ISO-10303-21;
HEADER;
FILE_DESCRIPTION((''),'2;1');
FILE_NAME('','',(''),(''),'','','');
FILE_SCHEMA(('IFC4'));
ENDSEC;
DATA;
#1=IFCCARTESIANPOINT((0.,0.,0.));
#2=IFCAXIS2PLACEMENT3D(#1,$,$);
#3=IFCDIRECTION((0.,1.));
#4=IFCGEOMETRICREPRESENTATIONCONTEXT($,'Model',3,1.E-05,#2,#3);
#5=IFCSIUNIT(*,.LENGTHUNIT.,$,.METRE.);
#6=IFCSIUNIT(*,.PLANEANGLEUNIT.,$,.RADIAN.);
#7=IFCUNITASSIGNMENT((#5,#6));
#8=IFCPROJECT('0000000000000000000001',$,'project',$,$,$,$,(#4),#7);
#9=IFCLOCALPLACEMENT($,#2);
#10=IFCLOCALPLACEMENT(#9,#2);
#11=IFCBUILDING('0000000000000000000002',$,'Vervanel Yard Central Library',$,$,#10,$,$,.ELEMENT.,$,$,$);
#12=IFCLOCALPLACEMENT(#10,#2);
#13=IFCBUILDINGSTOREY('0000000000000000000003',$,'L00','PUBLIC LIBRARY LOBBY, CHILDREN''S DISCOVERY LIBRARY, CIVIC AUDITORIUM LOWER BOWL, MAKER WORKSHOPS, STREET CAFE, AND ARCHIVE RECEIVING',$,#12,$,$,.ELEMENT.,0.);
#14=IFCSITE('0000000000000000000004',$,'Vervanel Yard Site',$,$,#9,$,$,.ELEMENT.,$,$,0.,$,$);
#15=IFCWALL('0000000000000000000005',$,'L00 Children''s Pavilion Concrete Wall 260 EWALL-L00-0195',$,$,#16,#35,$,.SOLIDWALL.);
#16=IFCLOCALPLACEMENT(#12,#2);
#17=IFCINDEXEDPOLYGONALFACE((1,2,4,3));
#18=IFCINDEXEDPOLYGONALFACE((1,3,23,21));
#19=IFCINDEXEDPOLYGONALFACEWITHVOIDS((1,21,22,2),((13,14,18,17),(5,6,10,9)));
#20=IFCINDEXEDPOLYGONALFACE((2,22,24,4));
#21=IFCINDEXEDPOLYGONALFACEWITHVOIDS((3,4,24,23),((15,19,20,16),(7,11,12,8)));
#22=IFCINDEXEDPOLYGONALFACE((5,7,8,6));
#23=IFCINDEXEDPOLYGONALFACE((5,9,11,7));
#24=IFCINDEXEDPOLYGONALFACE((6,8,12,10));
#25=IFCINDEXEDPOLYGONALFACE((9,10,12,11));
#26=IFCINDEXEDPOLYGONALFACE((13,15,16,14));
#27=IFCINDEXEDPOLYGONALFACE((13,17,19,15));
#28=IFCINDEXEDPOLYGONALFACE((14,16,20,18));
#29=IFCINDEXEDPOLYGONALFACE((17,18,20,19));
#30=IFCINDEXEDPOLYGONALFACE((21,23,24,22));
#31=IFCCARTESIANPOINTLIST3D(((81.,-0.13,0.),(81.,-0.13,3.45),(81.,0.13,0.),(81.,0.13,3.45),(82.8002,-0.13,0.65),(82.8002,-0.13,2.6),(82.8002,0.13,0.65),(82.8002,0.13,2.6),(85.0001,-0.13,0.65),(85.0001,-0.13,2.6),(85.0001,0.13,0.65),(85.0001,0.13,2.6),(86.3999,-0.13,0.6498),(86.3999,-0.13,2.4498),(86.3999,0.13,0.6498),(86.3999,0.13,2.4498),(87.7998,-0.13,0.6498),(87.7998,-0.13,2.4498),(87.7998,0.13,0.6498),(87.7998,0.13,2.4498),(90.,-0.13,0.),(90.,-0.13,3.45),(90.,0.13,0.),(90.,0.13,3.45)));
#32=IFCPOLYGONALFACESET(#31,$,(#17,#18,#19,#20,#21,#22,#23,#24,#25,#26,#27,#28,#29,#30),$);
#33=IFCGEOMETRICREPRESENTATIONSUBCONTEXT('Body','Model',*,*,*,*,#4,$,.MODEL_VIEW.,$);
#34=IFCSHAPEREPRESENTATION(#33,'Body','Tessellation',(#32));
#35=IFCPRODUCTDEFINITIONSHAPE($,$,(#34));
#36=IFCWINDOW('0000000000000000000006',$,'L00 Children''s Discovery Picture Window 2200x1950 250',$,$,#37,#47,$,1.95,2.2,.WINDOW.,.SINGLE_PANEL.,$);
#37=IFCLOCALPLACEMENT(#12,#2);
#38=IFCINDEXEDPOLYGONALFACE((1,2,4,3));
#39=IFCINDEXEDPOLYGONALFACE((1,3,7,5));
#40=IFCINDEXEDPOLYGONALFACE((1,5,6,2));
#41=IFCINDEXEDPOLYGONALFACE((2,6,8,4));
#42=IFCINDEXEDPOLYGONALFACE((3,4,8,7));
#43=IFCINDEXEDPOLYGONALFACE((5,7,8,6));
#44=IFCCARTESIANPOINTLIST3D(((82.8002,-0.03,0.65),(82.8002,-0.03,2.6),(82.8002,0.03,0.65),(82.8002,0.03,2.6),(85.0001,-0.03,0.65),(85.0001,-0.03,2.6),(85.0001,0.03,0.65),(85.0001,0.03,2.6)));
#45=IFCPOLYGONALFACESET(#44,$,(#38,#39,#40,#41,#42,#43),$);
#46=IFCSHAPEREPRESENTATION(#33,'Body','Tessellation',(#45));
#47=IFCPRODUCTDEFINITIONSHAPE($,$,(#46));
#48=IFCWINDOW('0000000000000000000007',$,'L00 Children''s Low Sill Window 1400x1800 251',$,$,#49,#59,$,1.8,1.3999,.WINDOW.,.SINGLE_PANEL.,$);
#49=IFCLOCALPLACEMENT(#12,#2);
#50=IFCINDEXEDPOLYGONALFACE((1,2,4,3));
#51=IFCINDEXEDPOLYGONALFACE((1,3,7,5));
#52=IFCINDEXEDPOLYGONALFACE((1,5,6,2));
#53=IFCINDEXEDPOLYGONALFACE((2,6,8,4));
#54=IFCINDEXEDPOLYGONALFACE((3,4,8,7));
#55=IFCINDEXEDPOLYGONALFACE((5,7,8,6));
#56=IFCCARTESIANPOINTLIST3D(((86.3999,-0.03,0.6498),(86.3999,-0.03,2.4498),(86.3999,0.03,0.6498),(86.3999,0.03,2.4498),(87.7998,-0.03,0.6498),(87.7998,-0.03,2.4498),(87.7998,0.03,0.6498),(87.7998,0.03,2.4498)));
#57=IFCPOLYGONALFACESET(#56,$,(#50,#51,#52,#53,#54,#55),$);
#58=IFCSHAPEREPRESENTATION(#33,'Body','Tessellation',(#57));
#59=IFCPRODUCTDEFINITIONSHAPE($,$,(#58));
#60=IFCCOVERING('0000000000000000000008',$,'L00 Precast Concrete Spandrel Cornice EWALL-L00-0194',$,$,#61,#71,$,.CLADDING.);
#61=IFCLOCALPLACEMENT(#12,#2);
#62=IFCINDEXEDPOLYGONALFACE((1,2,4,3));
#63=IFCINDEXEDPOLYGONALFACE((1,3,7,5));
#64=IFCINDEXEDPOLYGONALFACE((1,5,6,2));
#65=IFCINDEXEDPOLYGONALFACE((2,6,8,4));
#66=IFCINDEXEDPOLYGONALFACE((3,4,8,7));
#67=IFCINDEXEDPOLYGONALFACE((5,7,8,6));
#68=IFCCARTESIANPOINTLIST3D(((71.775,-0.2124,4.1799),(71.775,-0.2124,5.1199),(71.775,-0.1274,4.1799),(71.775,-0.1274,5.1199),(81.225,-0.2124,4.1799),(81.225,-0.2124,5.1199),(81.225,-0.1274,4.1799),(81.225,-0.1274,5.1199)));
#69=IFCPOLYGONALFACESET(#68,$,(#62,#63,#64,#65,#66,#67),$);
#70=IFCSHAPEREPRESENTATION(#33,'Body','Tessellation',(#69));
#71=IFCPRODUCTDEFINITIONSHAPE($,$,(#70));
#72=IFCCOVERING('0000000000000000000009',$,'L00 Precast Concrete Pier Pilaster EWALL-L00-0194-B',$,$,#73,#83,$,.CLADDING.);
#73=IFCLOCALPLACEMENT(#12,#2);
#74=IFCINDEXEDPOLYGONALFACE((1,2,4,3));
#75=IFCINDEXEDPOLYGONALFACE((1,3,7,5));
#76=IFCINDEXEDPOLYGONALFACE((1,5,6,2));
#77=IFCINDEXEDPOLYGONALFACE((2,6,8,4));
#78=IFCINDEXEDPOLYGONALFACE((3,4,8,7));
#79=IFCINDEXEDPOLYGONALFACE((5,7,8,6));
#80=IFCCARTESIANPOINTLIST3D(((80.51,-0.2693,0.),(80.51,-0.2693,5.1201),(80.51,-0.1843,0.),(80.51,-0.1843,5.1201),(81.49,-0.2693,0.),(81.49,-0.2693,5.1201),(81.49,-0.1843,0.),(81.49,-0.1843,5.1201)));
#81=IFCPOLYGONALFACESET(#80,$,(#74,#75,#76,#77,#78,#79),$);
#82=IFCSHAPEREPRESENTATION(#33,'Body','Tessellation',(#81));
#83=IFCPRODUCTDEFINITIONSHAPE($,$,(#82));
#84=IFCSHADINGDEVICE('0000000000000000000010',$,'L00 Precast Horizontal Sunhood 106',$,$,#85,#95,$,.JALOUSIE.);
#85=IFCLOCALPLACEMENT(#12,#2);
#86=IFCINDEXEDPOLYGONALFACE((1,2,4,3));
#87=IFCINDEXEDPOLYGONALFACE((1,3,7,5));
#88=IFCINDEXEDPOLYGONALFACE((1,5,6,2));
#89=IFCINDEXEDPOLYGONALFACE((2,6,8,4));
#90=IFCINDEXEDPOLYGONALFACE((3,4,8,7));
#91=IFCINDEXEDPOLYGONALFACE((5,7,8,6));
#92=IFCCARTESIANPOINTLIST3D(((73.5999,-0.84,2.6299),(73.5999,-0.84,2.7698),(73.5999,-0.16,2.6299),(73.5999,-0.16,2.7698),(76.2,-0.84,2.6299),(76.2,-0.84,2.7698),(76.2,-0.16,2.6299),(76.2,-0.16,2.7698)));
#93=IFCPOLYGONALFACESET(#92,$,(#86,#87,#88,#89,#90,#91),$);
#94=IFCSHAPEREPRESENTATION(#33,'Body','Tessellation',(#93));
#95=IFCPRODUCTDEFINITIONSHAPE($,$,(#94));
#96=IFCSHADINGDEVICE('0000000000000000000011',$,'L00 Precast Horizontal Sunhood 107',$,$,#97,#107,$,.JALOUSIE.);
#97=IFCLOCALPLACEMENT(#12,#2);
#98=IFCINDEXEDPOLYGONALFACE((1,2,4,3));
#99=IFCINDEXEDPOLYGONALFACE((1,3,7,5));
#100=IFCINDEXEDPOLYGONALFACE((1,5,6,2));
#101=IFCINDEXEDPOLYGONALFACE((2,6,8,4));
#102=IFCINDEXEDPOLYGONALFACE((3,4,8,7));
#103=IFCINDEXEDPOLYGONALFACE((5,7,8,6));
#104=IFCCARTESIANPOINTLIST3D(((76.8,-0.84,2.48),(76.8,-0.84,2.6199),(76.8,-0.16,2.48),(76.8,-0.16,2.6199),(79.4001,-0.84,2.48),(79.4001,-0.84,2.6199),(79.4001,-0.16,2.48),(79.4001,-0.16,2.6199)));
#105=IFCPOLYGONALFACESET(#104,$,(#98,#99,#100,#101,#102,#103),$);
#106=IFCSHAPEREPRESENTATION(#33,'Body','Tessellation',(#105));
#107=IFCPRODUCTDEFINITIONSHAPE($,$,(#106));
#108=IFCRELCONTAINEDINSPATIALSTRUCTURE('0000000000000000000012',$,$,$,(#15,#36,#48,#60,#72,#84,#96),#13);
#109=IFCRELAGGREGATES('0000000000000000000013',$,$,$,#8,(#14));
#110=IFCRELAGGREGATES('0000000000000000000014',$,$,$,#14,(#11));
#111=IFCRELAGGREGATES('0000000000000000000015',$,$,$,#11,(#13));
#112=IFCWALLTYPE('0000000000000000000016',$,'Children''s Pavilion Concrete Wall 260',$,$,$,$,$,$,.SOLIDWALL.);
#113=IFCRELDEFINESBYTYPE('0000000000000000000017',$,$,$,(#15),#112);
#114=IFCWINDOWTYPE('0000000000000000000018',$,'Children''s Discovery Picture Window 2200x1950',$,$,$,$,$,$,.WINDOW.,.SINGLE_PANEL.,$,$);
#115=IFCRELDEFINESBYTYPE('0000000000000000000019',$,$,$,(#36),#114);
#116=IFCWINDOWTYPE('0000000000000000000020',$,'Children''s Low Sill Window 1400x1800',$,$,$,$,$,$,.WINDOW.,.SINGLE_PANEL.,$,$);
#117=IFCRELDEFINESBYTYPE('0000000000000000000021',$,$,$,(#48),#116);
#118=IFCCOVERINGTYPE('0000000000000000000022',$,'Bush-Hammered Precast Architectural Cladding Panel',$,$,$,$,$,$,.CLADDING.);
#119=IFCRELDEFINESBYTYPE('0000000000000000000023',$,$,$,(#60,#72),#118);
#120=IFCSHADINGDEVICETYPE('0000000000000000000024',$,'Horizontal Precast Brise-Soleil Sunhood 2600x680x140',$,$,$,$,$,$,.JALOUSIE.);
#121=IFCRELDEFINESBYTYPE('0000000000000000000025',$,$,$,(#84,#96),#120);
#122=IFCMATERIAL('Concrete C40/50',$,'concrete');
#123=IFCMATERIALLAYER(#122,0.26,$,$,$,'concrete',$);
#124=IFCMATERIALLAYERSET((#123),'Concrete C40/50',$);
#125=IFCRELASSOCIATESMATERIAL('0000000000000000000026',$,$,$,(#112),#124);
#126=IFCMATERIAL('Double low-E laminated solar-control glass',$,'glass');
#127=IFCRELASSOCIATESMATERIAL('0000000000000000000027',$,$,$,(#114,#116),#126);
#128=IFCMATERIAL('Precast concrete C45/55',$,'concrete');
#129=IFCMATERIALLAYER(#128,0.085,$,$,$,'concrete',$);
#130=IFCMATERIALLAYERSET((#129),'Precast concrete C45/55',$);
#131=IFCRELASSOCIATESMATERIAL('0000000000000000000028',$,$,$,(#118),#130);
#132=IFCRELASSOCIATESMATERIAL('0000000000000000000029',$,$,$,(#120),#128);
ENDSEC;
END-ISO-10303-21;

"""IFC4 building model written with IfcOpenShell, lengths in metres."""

from ifc_helpers import new_model, si_unit, direction, frame, frame_2d, origin, origin_2d, place, context, subcontext, project, spatial, rectangle, extrude, material, layer, layer_set, type_object, element, fill, save


model = new_model("IFC4")

# Units and contexts
model_context = context("Model", 3, precision=1e-05, world=origin(), true_north=direction((0.0, 1.0)))
body_context = subcontext(model_context, "Body", "Model", "MODEL_VIEW")
ifc_project = project(units=[si_unit("LENGTHUNIT", "METRE"), si_unit("PLANEANGLEUNIT", "RADIAN")], contexts=[model_context])

# Site, building, storey
site_placement = place(None, origin())
site = spatial("IfcSite", under=ifc_project, at=site_placement, Name="Vervanel Yard Site", CompositionType="ELEMENT", RefElevation=0.0)
building_placement = place(site_placement, origin())
building = spatial("IfcBuilding", under=site, at=building_placement, Name="Vervanel Yard Central Library", CompositionType="ELEMENT")
storey_placement = place(building_placement, origin())
storey = spatial("IfcBuildingStorey", under=building, at=storey_placement, Name="L00", Description="PUBLIC LIBRARY LOBBY, CHILDREN'S DISCOVERY LIBRARY, CIVIC AUDITORIUM LOWER BOWL, MAKER WORKSHOPS, STREET CAFE, AND ARCHIVE RECEIVING", CompositionType="ELEMENT", Elevation=0.0)

# Shared definitions
ifc_material_1 = material(Name="Concrete C40/50", Category="concrete")

# Wall, openings, windows
ifc_layer_1 = layer(ifc_material_1, 0.26, Category="concrete")
ifc_layer_set_1 = layer_set([ifc_layer_1], Name="Concrete C40/50")
wall_type = type_object("IfcWallType", Name="Children's Pavilion Concrete Wall 260", PredefinedType="SOLIDWALL", material=ifc_layer_set_1)
wall_placement = place(storey_placement, frame((81.0, 0.0, 0.0), z_axis=(0.0, 0.0, 1.0), x_axis=(1.0, 0.0, 0.0)))
wall = element("IfcWall", 1, at=wall_placement, inside=storey, type_object=wall_type, Name="L00 Children's Pavilion Concrete Wall 260 EWALL-L00-0195", PredefinedType="SOLIDWALL", context=body_context, shape_type="SweptSolid", body=[
    extrude(rectangle(XDim=9.0, YDim=0.26, at=frame_2d((4.5, 0.0))), origin(), (0.0, 0.0, 1.0), 3.45),
])
opening_1_placement = place(wall_placement, frame((1.8, 0.0, 0.6499)))
opening_1 = element("IfcOpeningElement", 2, at=opening_1_placement, cuts=wall, PredefinedType="OPENING", context=body_context, shape_type="SweptSolid", body=[
    extrude(rectangle(XDim=2.2, YDim=1.95, at=frame_2d((1.1001, 0.9751))), frame((0.0, 0.1399, 0.0), z_axis=(0.0, -1.0, 0.0), x_axis=(1.0, 0.0, 0.0)), (0.0, 0.0, 1.0), 0.28),
])
opening_2_placement = place(wall_placement, frame((5.3999, 0.0, 0.6499)))
opening_2 = element("IfcOpeningElement", 3, at=opening_2_placement, cuts=wall, PredefinedType="OPENING", context=body_context, shape_type="SweptSolid", body=[
    extrude(rectangle(XDim=1.3999, YDim=1.8, at=frame_2d((0.7, 0.8999))), frame((0.0, 0.1399, 0.0), z_axis=(0.0, -1.0, 0.0), x_axis=(1.0, 0.0, 0.0)), (0.0, 0.0, 1.0), 0.28),
])
ifc_material_2 = material(Name="Double low-E laminated solar-control glass", Category="glass")
window_type_1 = type_object("IfcWindowType", Name="Children's Discovery Picture Window 2200x1950", PartitioningType="SINGLE_PANEL", PredefinedType="WINDOW", material=ifc_material_2)
window_1_placement = place(opening_1_placement, origin())
window_1 = element("IfcWindow", 4, at=window_1_placement, inside=storey, type_object=window_type_1, Name="L00 Children's Discovery Picture Window 2200x1950 250", OverallHeight=1.95, OverallWidth=2.2, PartitioningType="SINGLE_PANEL", PredefinedType="WINDOW", context=body_context, shape_type="SweptSolid", body=[
    extrude(rectangle(XDim=2.2, YDim=1.95, at=frame_2d((1.1001, 0.9751))), frame((0.0, 0.03, 0.0), z_axis=(0.0, -1.0, 0.0), x_axis=(1.0, 0.0, 0.0)), (0.0, 0.0, 1.0), 0.0601),
])
fill(opening_1, window_1)
window_type_2 = type_object("IfcWindowType", Name="Children's Low Sill Window 1400x1800", PartitioningType="SINGLE_PANEL", PredefinedType="WINDOW", material=ifc_material_2)
window_2_placement = place(opening_2_placement, origin())
window_2 = element("IfcWindow", 5, at=window_2_placement, inside=storey, type_object=window_type_2, Name="L00 Children's Low Sill Window 1400x1800 251", OverallHeight=1.8, OverallWidth=1.3999, PartitioningType="SINGLE_PANEL", PredefinedType="WINDOW", context=body_context, shape_type="SweptSolid", body=[
    extrude(rectangle(XDim=1.3999, YDim=1.8, at=frame_2d((0.7, 0.8999))), frame((0.0, 0.03, 0.0), z_axis=(0.0, -1.0, 0.0), x_axis=(1.0, 0.0, 0.0)), (0.0, 0.0, 1.0), 0.0601),
])
fill(opening_2, window_2)

# Coverings
ifc_material_3 = material(Name="Precast concrete C45/55", Category="concrete")
ifc_layer_2 = layer(ifc_material_3, 0.085, Category="concrete")
ifc_layer_set_2 = layer_set([ifc_layer_2], Name="Precast concrete C45/55")
covering_type = type_object("IfcCoveringType", Name="Bush-Hammered Precast Architectural Cladding Panel", PredefinedType="CLADDING", material=ifc_layer_set_2)
covering_1_placement = place(storey_placement, frame((76.5, -0.1699, 4.1799), z_axis=(0.0, 0.0, 1.0), x_axis=(1.0, 0.0, 0.0)))
element("IfcCovering", 6, at=covering_1_placement, inside=storey, type_object=covering_type, Name="L00 Precast Concrete Spandrel Cornice EWALL-L00-0194", PredefinedType="CLADDING", context=body_context, shape_type="SweptSolid", body=[
    extrude(rectangle(XDim=9.45, YDim=0.085, at=origin_2d()), origin(), (0.0, 0.0, 1.0), 0.9399),
])
covering_2_placement = place(storey_placement, frame((81.0, -0.2268, 0.0), z_axis=(0.0, 0.0, 1.0), x_axis=(1.0, 0.0, 0.0)))
element("IfcCovering", 7, at=covering_2_placement, inside=storey, type_object=covering_type, Name="L00 Precast Concrete Pier Pilaster EWALL-L00-0194-B", PredefinedType="CLADDING", context=body_context, shape_type="SweptSolid", body=[
    extrude(rectangle(XDim=0.98, YDim=0.085, at=origin_2d()), origin(), (0.0, 0.0, 1.0), 5.1201),
])

# Shading devices
shading_device_type_1 = type_object("IfcShadingDeviceType", Name="Horizontal Precast Brise-Soleil Sunhood 2600x680x140", PredefinedType="JALOUSIE", material=ifc_material_3)
for number, where, z_axis, x_axis, name in (
    (8, (74.8999, -0.5, 2.6299), (0.0, 0.0, 1.0), (1.0, 0.0, 0.0), "L00 Precast Horizontal Sunhood 106"),
    (9, (78.1001, -0.5, 2.48), (0.0, 0.0, 1.0), (1.0, 0.0, 0.0), "L00 Precast Horizontal Sunhood 107"),
):
    element("IfcShadingDevice", number, at=place(storey_placement, frame(where, z_axis=z_axis, x_axis=x_axis)), inside=storey, type_object=shading_device_type_1, Name=name, PredefinedType="JALOUSIE", context=body_context, shape_type="SweptSolid", body=[
        extrude(rectangle(XDim=2.6001, YDim=0.6799, at=origin_2d()), origin(), (0.0, 0.0, 1.0), 0.1399),
    ])

save(model, "model.ifc")
